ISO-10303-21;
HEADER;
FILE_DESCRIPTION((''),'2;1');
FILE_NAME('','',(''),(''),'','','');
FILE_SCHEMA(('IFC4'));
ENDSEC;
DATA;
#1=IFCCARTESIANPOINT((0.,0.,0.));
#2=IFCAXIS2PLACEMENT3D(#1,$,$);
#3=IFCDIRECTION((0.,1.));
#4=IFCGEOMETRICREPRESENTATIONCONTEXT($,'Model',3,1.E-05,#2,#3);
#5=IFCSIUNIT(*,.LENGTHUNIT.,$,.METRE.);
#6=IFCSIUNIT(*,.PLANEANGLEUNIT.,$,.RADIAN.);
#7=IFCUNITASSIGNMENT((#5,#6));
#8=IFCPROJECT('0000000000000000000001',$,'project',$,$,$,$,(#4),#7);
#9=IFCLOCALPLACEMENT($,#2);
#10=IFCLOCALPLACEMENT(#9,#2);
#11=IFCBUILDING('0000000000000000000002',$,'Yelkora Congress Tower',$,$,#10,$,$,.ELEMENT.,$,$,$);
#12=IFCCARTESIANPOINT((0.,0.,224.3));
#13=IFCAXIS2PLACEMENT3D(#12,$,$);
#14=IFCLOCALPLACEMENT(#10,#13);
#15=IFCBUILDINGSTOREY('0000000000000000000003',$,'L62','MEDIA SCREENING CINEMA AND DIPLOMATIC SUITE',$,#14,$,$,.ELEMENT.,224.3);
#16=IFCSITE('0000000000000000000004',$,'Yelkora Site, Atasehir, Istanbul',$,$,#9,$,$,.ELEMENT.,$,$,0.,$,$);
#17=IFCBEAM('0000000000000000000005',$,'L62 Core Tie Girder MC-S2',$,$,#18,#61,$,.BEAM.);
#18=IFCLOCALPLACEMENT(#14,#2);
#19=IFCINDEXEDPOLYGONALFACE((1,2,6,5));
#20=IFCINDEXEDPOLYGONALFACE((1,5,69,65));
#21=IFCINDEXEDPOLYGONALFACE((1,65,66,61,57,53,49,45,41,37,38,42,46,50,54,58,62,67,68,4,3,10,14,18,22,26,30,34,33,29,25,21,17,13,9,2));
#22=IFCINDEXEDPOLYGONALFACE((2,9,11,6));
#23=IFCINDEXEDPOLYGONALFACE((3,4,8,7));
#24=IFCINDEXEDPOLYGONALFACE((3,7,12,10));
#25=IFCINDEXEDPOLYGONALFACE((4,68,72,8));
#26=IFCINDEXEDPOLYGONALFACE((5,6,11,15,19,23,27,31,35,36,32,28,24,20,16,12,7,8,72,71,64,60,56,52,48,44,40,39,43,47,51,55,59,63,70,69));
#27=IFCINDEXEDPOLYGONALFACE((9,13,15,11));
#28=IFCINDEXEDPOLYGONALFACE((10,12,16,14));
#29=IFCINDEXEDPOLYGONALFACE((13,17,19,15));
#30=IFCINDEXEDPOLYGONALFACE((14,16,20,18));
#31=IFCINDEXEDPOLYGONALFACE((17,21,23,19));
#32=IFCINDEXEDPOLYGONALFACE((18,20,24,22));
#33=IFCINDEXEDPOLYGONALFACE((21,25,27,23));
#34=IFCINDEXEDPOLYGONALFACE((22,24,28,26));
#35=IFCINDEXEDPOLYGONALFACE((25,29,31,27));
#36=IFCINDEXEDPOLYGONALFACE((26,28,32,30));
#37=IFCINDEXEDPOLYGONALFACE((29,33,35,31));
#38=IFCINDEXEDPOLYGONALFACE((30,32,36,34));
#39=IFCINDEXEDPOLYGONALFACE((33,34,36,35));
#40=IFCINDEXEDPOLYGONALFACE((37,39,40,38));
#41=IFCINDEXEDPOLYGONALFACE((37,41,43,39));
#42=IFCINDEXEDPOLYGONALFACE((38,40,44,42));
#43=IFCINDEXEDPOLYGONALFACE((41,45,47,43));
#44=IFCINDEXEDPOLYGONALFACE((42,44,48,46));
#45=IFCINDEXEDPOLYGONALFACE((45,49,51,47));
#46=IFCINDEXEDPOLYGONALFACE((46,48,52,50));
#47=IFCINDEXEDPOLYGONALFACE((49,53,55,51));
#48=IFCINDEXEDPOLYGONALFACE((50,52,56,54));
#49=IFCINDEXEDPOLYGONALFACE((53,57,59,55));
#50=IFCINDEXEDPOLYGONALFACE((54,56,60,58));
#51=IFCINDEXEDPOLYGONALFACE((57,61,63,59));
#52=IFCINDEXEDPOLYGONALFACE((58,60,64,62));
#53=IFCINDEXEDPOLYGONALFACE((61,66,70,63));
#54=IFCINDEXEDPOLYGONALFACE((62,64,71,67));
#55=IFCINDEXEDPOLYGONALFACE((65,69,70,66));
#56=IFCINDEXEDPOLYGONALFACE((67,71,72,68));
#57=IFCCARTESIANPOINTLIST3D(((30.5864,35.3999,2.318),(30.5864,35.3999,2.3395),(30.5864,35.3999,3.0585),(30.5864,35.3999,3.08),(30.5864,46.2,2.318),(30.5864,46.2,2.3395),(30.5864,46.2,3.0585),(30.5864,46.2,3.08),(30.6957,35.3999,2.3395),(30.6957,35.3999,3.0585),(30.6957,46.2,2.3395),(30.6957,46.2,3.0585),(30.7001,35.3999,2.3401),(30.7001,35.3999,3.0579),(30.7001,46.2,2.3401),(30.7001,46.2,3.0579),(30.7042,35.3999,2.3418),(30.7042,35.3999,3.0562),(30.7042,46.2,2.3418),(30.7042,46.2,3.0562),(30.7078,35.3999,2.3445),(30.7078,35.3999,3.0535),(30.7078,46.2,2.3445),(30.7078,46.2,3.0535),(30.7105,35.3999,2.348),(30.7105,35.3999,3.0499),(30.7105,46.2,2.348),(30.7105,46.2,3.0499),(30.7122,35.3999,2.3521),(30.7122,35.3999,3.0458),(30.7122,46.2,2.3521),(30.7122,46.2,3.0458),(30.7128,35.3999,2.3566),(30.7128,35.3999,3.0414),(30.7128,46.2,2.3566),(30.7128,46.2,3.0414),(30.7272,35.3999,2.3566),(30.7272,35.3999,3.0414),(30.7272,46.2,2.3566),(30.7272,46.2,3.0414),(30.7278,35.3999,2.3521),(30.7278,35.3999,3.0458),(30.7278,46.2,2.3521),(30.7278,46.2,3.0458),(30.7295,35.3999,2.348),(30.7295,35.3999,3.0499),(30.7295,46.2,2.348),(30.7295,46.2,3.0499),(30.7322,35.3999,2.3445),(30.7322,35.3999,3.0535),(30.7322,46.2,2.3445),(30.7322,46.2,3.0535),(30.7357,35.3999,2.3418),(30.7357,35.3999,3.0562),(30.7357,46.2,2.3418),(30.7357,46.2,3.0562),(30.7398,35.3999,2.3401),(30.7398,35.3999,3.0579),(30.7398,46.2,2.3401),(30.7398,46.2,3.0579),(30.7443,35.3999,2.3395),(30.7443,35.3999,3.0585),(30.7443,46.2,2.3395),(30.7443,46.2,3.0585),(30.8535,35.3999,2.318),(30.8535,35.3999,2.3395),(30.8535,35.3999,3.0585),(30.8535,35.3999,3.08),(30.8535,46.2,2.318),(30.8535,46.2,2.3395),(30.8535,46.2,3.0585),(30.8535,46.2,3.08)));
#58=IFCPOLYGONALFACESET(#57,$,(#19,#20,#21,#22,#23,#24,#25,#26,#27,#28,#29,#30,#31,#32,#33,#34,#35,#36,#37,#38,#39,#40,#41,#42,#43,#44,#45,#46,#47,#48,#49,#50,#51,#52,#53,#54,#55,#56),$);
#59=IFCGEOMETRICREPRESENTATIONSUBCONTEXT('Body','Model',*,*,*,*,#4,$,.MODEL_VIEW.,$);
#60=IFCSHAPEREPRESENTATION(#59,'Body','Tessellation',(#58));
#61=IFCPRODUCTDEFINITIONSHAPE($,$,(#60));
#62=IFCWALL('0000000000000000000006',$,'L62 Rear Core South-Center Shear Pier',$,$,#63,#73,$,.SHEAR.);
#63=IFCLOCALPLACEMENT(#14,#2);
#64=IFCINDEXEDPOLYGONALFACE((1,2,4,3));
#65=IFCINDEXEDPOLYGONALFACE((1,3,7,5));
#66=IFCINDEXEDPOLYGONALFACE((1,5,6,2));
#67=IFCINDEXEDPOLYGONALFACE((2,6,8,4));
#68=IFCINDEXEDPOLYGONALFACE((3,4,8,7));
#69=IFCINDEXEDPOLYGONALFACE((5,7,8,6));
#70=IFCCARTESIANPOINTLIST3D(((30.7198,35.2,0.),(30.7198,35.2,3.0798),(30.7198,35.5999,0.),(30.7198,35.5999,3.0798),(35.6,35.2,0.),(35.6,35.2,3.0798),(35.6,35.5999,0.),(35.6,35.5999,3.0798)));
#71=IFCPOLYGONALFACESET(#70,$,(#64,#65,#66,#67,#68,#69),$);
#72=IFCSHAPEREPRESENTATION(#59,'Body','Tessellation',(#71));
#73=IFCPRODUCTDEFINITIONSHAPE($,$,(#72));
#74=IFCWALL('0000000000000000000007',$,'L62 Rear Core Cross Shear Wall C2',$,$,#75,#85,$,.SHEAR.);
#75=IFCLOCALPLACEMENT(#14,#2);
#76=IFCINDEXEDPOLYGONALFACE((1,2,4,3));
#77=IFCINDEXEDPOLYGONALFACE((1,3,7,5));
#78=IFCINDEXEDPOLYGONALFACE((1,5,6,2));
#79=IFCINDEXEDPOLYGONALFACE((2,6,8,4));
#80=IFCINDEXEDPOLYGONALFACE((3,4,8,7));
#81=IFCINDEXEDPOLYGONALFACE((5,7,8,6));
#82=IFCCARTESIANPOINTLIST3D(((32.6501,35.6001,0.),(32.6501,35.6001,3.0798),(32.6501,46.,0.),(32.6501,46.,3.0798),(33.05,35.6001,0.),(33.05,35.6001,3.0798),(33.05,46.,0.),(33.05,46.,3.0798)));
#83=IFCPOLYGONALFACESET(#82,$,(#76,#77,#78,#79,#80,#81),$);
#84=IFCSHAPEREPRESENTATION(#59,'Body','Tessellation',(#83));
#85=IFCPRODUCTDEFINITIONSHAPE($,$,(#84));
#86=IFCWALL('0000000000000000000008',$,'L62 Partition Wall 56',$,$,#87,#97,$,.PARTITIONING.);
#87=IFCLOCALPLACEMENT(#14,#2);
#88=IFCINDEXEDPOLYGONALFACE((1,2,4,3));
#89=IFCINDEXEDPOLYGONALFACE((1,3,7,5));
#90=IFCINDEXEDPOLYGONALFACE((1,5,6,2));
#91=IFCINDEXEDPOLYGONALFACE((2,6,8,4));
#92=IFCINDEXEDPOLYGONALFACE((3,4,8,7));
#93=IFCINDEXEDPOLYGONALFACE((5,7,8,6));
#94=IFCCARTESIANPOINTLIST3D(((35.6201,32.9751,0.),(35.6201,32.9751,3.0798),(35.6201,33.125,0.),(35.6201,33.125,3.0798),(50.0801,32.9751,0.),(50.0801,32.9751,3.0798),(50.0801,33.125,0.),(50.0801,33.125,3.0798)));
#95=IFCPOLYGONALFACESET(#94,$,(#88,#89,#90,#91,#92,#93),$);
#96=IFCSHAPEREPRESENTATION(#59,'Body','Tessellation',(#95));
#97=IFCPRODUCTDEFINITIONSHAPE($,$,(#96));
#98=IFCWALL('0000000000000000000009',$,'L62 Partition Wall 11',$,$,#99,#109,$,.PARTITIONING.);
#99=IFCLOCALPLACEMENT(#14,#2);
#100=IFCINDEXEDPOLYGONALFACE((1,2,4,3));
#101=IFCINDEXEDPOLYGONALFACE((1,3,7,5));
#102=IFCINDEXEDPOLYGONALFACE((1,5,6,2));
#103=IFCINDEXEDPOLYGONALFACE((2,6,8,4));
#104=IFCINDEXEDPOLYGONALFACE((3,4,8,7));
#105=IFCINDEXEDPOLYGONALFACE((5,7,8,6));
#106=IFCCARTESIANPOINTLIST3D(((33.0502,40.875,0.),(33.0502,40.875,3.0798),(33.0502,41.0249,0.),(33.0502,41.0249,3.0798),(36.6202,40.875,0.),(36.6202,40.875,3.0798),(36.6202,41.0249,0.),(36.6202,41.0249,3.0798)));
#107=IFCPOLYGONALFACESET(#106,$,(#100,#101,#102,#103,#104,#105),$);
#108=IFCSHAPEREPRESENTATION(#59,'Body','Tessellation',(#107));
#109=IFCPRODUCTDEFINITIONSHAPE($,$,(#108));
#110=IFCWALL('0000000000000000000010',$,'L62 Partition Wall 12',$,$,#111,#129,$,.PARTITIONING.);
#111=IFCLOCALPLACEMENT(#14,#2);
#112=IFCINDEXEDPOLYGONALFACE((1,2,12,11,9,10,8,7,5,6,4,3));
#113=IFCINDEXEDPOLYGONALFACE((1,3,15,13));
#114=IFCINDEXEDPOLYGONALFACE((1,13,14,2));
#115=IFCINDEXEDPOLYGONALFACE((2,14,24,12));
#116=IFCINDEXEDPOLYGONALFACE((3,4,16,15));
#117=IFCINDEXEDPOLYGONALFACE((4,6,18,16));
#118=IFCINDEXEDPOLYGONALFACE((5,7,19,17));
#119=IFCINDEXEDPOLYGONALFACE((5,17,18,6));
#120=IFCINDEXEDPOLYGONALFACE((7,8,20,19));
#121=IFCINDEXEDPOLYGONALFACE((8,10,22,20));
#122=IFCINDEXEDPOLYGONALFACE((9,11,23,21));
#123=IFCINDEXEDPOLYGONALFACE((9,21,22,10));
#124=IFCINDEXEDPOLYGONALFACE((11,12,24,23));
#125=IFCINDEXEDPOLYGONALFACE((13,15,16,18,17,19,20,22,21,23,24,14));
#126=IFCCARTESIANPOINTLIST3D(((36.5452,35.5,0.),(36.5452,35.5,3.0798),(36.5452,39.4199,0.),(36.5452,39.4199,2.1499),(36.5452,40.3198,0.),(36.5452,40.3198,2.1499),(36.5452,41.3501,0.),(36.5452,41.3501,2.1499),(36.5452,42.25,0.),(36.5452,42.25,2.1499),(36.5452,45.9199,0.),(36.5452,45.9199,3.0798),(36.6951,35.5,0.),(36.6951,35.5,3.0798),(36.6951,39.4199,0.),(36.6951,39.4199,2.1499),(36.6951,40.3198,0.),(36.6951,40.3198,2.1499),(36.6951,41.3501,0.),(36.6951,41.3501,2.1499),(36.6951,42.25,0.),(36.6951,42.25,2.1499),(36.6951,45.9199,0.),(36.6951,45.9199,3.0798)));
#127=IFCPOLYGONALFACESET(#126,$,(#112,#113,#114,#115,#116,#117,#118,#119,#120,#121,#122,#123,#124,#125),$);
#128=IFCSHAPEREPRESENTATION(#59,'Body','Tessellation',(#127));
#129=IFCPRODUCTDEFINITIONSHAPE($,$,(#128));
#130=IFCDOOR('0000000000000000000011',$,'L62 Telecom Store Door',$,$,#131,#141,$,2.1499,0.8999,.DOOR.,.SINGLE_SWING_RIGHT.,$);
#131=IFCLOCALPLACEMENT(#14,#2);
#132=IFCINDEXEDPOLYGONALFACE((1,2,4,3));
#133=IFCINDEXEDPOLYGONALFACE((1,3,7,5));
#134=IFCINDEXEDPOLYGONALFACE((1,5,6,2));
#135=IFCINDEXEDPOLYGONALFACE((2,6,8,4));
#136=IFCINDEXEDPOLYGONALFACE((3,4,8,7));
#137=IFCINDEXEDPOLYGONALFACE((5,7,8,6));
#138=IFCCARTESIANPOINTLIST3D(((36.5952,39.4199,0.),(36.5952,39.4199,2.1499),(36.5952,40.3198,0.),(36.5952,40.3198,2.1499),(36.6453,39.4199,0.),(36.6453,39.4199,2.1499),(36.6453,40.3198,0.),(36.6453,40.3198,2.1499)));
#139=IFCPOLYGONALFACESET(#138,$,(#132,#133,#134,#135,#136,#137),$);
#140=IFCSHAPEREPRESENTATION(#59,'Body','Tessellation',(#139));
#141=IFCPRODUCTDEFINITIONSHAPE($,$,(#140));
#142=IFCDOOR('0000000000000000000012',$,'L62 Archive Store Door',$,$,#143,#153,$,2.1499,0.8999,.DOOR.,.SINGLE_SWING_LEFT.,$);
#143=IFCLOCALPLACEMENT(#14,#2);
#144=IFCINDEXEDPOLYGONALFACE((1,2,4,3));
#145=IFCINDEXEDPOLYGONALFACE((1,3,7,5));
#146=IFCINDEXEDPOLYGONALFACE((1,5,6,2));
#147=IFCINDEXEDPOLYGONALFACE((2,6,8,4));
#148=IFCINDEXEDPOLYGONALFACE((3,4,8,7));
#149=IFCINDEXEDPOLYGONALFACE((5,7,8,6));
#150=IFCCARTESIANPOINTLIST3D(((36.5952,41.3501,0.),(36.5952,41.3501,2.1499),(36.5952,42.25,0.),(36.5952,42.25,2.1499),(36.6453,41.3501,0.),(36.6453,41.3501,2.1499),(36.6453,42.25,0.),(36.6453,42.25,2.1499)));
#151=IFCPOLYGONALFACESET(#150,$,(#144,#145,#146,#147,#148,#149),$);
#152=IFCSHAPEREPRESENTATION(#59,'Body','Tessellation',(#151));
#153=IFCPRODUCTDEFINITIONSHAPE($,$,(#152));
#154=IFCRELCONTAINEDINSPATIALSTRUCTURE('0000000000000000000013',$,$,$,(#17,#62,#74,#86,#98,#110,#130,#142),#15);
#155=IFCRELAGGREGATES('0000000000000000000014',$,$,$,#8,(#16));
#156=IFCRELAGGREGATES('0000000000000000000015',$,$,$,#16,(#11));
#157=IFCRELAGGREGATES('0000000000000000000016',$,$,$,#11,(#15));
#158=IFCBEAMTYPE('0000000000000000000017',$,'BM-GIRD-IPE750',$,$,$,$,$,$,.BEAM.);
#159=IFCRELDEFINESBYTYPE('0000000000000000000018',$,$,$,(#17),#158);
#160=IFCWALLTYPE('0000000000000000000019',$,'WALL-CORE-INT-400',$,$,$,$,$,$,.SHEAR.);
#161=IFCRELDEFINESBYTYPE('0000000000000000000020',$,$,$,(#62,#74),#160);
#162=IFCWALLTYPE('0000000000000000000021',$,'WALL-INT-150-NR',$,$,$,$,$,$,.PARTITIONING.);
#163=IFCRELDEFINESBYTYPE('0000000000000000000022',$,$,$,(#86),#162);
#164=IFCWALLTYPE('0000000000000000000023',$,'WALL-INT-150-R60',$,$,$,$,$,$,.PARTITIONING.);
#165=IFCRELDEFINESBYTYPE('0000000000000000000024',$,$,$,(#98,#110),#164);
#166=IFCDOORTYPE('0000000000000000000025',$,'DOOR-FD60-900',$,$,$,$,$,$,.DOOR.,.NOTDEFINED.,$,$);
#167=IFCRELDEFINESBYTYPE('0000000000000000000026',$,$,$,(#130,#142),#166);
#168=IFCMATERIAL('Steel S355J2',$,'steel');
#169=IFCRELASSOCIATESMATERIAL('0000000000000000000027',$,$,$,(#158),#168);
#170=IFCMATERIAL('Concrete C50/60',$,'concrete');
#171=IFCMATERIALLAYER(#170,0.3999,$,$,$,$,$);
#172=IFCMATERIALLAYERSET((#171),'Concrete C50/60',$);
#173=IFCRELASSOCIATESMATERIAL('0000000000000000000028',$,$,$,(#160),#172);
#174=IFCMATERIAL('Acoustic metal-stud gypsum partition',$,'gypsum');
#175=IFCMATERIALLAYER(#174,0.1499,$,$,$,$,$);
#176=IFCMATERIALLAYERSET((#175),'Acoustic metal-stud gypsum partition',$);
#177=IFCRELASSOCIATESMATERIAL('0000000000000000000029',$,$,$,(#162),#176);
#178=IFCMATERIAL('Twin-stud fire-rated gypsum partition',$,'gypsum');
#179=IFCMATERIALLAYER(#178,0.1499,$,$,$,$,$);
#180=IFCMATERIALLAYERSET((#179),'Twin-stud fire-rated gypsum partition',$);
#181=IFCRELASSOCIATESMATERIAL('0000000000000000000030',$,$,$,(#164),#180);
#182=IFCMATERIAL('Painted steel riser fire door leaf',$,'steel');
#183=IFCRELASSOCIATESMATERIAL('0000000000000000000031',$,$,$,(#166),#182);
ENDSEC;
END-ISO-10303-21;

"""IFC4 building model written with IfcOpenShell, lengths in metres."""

from ifc_helpers import new_model, si_unit, direction, frame, frame_2d, origin, origin_2d, place, context, subcontext, project, spatial, rectangle, i_section, extrude, material, layer, layer_set, material_profile, profile_set, type_object, element, fill, save


model = new_model("IFC4")

# Units and contexts
model_context = context("Model", 3, precision=1e-05, world=origin(), true_north=direction((0.0, 1.0)))
body_context = subcontext(model_context, "Body", "Model", "MODEL_VIEW")
ifc_project = project(units=[si_unit("LENGTHUNIT", "METRE"), si_unit("PLANEANGLEUNIT", "RADIAN")], contexts=[model_context])

# Site, building, storey
site_placement = place(None, origin())
site = spatial("IfcSite", under=ifc_project, at=site_placement, Name="Yelkora Site, Atasehir, Istanbul", CompositionType="ELEMENT", RefElevation=0.0)
building_placement = place(site_placement, origin())
building = spatial("IfcBuilding", under=site, at=building_placement, Name="Yelkora Congress Tower", CompositionType="ELEMENT")
storey_placement = place(building_placement, frame((0.0, 0.0, 224.3)))
storey = spatial("IfcBuildingStorey", under=building, at=storey_placement, Name="L62", Description="MEDIA SCREENING CINEMA AND DIPLOMATIC SUITE", CompositionType="ELEMENT", Elevation=224.3)

# Beam
ifc_material_1 = material(Name="Steel S355J2", Category="steel")
ifc_material_profile_1 = material_profile(ifc_material_1, i_section(OverallWidth=0.2671, OverallDepth=0.762, WebThickness=0.0144, FlangeThickness=0.0215, FilletRadius=0.0171, at=origin_2d()), Name="IPE 750x173")
ifc_profile_set_1 = profile_set([ifc_material_profile_1], Name="Steel S355J2")
beam_type = type_object("IfcBeamType", Name="BM-GIRD-IPE750", PredefinedType="BEAM", material=ifc_profile_set_1)
beam_1_placement = place(storey_placement, frame((30.72, 35.3999, 2.699), z_axis=(0.0, 1.0, 0.0), x_axis=(-1.0, 0.0, 0.0)))
element("IfcBeam", 1, at=beam_1_placement, inside=storey, type_object=beam_type, Name="L62 Core Tie Girder MC-S2", PredefinedType="BEAM", context=body_context, shape_type="SweptSolid", body=[
    extrude(i_section(OverallWidth=0.2671, OverallDepth=0.762, WebThickness=0.0144, FlangeThickness=0.0215, FilletRadius=0.0171, at=origin_2d()), origin(), (0.0, 0.0, 1.0), 10.8),
])

# Wall
ifc_material_2 = material(Name="Concrete C50/60", Category="concrete")
ifc_layer_1 = layer(ifc_material_2, 0.3999)
ifc_layer_set_1 = layer_set([ifc_layer_1], Name="Concrete C50/60")
wall_type_1 = type_object("IfcWallType", Name="WALL-CORE-INT-400", PredefinedType="SHEAR", material=ifc_layer_set_1)
wall_1_placement = place(storey_placement, frame((30.72, 35.3999, 0.0), z_axis=(0.0, 0.0, 1.0), x_axis=(1.0, 0.0, 0.0)))
element("IfcWall", 2, at=wall_1_placement, inside=storey, type_object=wall_type_1, Name="L62 Rear Core South-Center Shear Pier", PredefinedType="SHEAR", context=body_context, shape_type="SweptSolid", body=[
    extrude(rectangle(XDim=4.8801, YDim=0.3999, at=frame_2d((2.4399, 0.0))), origin(), (0.0, 0.0, 1.0), 3.0798),
])

# Walls
wall_2_placement = place(storey_placement, frame((32.8501, 35.6001, 0.0), z_axis=(0.0, 0.0, 1.0), x_axis=(0.0, 1.0, 0.0)))
element("IfcWall", 3, at=wall_2_placement, inside=storey, type_object=wall_type_1, Name="L62 Rear Core Cross Shear Wall C2", PredefinedType="SHEAR", context=body_context, shape_type="SweptSolid", body=[
    extrude(rectangle(XDim=10.3999, YDim=0.3999, at=frame_2d((5.2, 0.0))), origin(), (0.0, 0.0, 1.0), 3.0798),
])
ifc_material_3 = material(Name="Acoustic metal-stud gypsum partition", Category="gypsum")
ifc_layer_2 = layer(ifc_material_3, 0.1499)
ifc_layer_set_2 = layer_set([ifc_layer_2], Name="Acoustic metal-stud gypsum partition")
wall_type_2 = type_object("IfcWallType", Name="WALL-INT-150-NR", PredefinedType="PARTITIONING", material=ifc_layer_set_2)
wall_3_placement = place(storey_placement, frame((35.6201, 33.05, 0.0), z_axis=(0.0, 0.0, 1.0), x_axis=(1.0, 0.0, 0.0)))
element("IfcWall", 4, at=wall_3_placement, inside=storey, type_object=wall_type_2, Name="L62 Partition Wall 56", PredefinedType="PARTITIONING", context=body_context, shape_type="SweptSolid", body=[
    extrude(rectangle(XDim=14.46, YDim=0.1499, at=frame_2d((7.23, 0.0))), origin(), (0.0, 0.0, 1.0), 3.0798),
])
ifc_material_4 = material(Name="Twin-stud fire-rated gypsum partition", Category="gypsum")
ifc_layer_3 = layer(ifc_material_4, 0.1499)
ifc_layer_set_3 = layer_set([ifc_layer_3], Name="Twin-stud fire-rated gypsum partition")
wall_type_3 = type_object("IfcWallType", Name="WALL-INT-150-R60", PredefinedType="PARTITIONING", material=ifc_layer_set_3)
wall_4_placement = place(storey_placement, frame((33.05, 40.95, 0.0), z_axis=(0.0, 0.0, 1.0), x_axis=(1.0, 0.0, 0.0)))
element("IfcWall", 5, at=wall_4_placement, inside=storey, type_object=wall_type_3, Name="L62 Partition Wall 11", PredefinedType="PARTITIONING", context=body_context, shape_type="SweptSolid", body=[
    extrude(rectangle(XDim=3.5701, YDim=0.1499, at=frame_2d((1.7852, 0.0))), origin(), (0.0, 0.0, 1.0), 3.0798),
])

# Wall, openings, doors
wall_5_placement = place(storey_placement, frame((36.6201, 35.5, 0.0), z_axis=(0.0, 0.0, 1.0), x_axis=(0.0, 1.0, 0.0)))
wall_5 = element("IfcWall", 6, at=wall_5_placement, inside=storey, type_object=wall_type_3, Name="L62 Partition Wall 12", PredefinedType="PARTITIONING", context=body_context, shape_type="SweptSolid", body=[
    extrude(rectangle(XDim=10.4199, YDim=0.1499, at=frame_2d((5.21, 0.0))), origin(), (0.0, 0.0, 1.0), 3.0798),
])
opening_1_placement = place(wall_5_placement, frame((3.9199, 0.0, 0.0)))
opening_1 = element("IfcOpeningElement", 7, at=opening_1_placement, cuts=wall_5, PredefinedType="OPENING", context=body_context, shape_type="SweptSolid", body=[
    extrude(rectangle(XDim=0.8999, YDim=2.1499, at=frame_2d((0.45, 1.075))), frame((0.0, 0.085, 0.0), z_axis=(0.0, -1.0, 0.0), x_axis=(1.0, 0.0, 0.0)), (0.0, 0.0, 1.0), 0.1699),
])
opening_2_placement = place(wall_5_placement, frame((5.8501, 0.0, 0.0)))
opening_2 = element("IfcOpeningElement", 8, at=opening_2_placement, cuts=wall_5, PredefinedType="OPENING", context=body_context, shape_type="SweptSolid", body=[
    extrude(rectangle(XDim=0.8999, YDim=2.1499, at=frame_2d((0.45, 1.075))), frame((0.0, 0.085, 0.0), z_axis=(0.0, -1.0, 0.0), x_axis=(1.0, 0.0, 0.0)), (0.0, 0.0, 1.0), 0.1699),
])
ifc_material_5 = material(Name="Painted steel riser fire door leaf", Category="steel")
door_type_1 = type_object("IfcDoorType", Name="DOOR-FD60-900", OperationType="NOTDEFINED", PredefinedType="DOOR", material=ifc_material_5)
door_1_placement = place(opening_1_placement, origin())
door_1 = element("IfcDoor", 9, at=door_1_placement, inside=storey, type_object=door_type_1, Name="L62 Telecom Store Door", OperationType="SINGLE_SWING_RIGHT", OverallHeight=2.1499, OverallWidth=0.8999, PredefinedType="DOOR", context=body_context, shape_type="SweptSolid", body=[
    extrude(rectangle(XDim=0.8999, YDim=2.1499, at=frame_2d((0.45, 1.075))), frame((0.0, 0.0249, 0.0), z_axis=(0.0, -1.0, 0.0), x_axis=(1.0, 0.0, 0.0)), (0.0, 0.0, 1.0), 0.05),
])
fill(opening_1, door_1)
door_2_placement = place(opening_2_placement, origin())
door_2 = element("IfcDoor", 10, at=door_2_placement, inside=storey, type_object=door_type_1, Name="L62 Archive Store Door", OperationType="SINGLE_SWING_LEFT", OverallHeight=2.1499, OverallWidth=0.8999, PredefinedType="DOOR", context=body_context, shape_type="SweptSolid", body=[
    extrude(rectangle(XDim=0.8999, YDim=2.1499, at=frame_2d((0.45, 1.075))), frame((0.0, 0.0249, 0.0), z_axis=(0.0, -1.0, 0.0), x_axis=(1.0, 0.0, 0.0)), (0.0, 0.0, 1.0), 0.05),
])
fill(opening_2, door_2)

save(model, "model.ifc")
